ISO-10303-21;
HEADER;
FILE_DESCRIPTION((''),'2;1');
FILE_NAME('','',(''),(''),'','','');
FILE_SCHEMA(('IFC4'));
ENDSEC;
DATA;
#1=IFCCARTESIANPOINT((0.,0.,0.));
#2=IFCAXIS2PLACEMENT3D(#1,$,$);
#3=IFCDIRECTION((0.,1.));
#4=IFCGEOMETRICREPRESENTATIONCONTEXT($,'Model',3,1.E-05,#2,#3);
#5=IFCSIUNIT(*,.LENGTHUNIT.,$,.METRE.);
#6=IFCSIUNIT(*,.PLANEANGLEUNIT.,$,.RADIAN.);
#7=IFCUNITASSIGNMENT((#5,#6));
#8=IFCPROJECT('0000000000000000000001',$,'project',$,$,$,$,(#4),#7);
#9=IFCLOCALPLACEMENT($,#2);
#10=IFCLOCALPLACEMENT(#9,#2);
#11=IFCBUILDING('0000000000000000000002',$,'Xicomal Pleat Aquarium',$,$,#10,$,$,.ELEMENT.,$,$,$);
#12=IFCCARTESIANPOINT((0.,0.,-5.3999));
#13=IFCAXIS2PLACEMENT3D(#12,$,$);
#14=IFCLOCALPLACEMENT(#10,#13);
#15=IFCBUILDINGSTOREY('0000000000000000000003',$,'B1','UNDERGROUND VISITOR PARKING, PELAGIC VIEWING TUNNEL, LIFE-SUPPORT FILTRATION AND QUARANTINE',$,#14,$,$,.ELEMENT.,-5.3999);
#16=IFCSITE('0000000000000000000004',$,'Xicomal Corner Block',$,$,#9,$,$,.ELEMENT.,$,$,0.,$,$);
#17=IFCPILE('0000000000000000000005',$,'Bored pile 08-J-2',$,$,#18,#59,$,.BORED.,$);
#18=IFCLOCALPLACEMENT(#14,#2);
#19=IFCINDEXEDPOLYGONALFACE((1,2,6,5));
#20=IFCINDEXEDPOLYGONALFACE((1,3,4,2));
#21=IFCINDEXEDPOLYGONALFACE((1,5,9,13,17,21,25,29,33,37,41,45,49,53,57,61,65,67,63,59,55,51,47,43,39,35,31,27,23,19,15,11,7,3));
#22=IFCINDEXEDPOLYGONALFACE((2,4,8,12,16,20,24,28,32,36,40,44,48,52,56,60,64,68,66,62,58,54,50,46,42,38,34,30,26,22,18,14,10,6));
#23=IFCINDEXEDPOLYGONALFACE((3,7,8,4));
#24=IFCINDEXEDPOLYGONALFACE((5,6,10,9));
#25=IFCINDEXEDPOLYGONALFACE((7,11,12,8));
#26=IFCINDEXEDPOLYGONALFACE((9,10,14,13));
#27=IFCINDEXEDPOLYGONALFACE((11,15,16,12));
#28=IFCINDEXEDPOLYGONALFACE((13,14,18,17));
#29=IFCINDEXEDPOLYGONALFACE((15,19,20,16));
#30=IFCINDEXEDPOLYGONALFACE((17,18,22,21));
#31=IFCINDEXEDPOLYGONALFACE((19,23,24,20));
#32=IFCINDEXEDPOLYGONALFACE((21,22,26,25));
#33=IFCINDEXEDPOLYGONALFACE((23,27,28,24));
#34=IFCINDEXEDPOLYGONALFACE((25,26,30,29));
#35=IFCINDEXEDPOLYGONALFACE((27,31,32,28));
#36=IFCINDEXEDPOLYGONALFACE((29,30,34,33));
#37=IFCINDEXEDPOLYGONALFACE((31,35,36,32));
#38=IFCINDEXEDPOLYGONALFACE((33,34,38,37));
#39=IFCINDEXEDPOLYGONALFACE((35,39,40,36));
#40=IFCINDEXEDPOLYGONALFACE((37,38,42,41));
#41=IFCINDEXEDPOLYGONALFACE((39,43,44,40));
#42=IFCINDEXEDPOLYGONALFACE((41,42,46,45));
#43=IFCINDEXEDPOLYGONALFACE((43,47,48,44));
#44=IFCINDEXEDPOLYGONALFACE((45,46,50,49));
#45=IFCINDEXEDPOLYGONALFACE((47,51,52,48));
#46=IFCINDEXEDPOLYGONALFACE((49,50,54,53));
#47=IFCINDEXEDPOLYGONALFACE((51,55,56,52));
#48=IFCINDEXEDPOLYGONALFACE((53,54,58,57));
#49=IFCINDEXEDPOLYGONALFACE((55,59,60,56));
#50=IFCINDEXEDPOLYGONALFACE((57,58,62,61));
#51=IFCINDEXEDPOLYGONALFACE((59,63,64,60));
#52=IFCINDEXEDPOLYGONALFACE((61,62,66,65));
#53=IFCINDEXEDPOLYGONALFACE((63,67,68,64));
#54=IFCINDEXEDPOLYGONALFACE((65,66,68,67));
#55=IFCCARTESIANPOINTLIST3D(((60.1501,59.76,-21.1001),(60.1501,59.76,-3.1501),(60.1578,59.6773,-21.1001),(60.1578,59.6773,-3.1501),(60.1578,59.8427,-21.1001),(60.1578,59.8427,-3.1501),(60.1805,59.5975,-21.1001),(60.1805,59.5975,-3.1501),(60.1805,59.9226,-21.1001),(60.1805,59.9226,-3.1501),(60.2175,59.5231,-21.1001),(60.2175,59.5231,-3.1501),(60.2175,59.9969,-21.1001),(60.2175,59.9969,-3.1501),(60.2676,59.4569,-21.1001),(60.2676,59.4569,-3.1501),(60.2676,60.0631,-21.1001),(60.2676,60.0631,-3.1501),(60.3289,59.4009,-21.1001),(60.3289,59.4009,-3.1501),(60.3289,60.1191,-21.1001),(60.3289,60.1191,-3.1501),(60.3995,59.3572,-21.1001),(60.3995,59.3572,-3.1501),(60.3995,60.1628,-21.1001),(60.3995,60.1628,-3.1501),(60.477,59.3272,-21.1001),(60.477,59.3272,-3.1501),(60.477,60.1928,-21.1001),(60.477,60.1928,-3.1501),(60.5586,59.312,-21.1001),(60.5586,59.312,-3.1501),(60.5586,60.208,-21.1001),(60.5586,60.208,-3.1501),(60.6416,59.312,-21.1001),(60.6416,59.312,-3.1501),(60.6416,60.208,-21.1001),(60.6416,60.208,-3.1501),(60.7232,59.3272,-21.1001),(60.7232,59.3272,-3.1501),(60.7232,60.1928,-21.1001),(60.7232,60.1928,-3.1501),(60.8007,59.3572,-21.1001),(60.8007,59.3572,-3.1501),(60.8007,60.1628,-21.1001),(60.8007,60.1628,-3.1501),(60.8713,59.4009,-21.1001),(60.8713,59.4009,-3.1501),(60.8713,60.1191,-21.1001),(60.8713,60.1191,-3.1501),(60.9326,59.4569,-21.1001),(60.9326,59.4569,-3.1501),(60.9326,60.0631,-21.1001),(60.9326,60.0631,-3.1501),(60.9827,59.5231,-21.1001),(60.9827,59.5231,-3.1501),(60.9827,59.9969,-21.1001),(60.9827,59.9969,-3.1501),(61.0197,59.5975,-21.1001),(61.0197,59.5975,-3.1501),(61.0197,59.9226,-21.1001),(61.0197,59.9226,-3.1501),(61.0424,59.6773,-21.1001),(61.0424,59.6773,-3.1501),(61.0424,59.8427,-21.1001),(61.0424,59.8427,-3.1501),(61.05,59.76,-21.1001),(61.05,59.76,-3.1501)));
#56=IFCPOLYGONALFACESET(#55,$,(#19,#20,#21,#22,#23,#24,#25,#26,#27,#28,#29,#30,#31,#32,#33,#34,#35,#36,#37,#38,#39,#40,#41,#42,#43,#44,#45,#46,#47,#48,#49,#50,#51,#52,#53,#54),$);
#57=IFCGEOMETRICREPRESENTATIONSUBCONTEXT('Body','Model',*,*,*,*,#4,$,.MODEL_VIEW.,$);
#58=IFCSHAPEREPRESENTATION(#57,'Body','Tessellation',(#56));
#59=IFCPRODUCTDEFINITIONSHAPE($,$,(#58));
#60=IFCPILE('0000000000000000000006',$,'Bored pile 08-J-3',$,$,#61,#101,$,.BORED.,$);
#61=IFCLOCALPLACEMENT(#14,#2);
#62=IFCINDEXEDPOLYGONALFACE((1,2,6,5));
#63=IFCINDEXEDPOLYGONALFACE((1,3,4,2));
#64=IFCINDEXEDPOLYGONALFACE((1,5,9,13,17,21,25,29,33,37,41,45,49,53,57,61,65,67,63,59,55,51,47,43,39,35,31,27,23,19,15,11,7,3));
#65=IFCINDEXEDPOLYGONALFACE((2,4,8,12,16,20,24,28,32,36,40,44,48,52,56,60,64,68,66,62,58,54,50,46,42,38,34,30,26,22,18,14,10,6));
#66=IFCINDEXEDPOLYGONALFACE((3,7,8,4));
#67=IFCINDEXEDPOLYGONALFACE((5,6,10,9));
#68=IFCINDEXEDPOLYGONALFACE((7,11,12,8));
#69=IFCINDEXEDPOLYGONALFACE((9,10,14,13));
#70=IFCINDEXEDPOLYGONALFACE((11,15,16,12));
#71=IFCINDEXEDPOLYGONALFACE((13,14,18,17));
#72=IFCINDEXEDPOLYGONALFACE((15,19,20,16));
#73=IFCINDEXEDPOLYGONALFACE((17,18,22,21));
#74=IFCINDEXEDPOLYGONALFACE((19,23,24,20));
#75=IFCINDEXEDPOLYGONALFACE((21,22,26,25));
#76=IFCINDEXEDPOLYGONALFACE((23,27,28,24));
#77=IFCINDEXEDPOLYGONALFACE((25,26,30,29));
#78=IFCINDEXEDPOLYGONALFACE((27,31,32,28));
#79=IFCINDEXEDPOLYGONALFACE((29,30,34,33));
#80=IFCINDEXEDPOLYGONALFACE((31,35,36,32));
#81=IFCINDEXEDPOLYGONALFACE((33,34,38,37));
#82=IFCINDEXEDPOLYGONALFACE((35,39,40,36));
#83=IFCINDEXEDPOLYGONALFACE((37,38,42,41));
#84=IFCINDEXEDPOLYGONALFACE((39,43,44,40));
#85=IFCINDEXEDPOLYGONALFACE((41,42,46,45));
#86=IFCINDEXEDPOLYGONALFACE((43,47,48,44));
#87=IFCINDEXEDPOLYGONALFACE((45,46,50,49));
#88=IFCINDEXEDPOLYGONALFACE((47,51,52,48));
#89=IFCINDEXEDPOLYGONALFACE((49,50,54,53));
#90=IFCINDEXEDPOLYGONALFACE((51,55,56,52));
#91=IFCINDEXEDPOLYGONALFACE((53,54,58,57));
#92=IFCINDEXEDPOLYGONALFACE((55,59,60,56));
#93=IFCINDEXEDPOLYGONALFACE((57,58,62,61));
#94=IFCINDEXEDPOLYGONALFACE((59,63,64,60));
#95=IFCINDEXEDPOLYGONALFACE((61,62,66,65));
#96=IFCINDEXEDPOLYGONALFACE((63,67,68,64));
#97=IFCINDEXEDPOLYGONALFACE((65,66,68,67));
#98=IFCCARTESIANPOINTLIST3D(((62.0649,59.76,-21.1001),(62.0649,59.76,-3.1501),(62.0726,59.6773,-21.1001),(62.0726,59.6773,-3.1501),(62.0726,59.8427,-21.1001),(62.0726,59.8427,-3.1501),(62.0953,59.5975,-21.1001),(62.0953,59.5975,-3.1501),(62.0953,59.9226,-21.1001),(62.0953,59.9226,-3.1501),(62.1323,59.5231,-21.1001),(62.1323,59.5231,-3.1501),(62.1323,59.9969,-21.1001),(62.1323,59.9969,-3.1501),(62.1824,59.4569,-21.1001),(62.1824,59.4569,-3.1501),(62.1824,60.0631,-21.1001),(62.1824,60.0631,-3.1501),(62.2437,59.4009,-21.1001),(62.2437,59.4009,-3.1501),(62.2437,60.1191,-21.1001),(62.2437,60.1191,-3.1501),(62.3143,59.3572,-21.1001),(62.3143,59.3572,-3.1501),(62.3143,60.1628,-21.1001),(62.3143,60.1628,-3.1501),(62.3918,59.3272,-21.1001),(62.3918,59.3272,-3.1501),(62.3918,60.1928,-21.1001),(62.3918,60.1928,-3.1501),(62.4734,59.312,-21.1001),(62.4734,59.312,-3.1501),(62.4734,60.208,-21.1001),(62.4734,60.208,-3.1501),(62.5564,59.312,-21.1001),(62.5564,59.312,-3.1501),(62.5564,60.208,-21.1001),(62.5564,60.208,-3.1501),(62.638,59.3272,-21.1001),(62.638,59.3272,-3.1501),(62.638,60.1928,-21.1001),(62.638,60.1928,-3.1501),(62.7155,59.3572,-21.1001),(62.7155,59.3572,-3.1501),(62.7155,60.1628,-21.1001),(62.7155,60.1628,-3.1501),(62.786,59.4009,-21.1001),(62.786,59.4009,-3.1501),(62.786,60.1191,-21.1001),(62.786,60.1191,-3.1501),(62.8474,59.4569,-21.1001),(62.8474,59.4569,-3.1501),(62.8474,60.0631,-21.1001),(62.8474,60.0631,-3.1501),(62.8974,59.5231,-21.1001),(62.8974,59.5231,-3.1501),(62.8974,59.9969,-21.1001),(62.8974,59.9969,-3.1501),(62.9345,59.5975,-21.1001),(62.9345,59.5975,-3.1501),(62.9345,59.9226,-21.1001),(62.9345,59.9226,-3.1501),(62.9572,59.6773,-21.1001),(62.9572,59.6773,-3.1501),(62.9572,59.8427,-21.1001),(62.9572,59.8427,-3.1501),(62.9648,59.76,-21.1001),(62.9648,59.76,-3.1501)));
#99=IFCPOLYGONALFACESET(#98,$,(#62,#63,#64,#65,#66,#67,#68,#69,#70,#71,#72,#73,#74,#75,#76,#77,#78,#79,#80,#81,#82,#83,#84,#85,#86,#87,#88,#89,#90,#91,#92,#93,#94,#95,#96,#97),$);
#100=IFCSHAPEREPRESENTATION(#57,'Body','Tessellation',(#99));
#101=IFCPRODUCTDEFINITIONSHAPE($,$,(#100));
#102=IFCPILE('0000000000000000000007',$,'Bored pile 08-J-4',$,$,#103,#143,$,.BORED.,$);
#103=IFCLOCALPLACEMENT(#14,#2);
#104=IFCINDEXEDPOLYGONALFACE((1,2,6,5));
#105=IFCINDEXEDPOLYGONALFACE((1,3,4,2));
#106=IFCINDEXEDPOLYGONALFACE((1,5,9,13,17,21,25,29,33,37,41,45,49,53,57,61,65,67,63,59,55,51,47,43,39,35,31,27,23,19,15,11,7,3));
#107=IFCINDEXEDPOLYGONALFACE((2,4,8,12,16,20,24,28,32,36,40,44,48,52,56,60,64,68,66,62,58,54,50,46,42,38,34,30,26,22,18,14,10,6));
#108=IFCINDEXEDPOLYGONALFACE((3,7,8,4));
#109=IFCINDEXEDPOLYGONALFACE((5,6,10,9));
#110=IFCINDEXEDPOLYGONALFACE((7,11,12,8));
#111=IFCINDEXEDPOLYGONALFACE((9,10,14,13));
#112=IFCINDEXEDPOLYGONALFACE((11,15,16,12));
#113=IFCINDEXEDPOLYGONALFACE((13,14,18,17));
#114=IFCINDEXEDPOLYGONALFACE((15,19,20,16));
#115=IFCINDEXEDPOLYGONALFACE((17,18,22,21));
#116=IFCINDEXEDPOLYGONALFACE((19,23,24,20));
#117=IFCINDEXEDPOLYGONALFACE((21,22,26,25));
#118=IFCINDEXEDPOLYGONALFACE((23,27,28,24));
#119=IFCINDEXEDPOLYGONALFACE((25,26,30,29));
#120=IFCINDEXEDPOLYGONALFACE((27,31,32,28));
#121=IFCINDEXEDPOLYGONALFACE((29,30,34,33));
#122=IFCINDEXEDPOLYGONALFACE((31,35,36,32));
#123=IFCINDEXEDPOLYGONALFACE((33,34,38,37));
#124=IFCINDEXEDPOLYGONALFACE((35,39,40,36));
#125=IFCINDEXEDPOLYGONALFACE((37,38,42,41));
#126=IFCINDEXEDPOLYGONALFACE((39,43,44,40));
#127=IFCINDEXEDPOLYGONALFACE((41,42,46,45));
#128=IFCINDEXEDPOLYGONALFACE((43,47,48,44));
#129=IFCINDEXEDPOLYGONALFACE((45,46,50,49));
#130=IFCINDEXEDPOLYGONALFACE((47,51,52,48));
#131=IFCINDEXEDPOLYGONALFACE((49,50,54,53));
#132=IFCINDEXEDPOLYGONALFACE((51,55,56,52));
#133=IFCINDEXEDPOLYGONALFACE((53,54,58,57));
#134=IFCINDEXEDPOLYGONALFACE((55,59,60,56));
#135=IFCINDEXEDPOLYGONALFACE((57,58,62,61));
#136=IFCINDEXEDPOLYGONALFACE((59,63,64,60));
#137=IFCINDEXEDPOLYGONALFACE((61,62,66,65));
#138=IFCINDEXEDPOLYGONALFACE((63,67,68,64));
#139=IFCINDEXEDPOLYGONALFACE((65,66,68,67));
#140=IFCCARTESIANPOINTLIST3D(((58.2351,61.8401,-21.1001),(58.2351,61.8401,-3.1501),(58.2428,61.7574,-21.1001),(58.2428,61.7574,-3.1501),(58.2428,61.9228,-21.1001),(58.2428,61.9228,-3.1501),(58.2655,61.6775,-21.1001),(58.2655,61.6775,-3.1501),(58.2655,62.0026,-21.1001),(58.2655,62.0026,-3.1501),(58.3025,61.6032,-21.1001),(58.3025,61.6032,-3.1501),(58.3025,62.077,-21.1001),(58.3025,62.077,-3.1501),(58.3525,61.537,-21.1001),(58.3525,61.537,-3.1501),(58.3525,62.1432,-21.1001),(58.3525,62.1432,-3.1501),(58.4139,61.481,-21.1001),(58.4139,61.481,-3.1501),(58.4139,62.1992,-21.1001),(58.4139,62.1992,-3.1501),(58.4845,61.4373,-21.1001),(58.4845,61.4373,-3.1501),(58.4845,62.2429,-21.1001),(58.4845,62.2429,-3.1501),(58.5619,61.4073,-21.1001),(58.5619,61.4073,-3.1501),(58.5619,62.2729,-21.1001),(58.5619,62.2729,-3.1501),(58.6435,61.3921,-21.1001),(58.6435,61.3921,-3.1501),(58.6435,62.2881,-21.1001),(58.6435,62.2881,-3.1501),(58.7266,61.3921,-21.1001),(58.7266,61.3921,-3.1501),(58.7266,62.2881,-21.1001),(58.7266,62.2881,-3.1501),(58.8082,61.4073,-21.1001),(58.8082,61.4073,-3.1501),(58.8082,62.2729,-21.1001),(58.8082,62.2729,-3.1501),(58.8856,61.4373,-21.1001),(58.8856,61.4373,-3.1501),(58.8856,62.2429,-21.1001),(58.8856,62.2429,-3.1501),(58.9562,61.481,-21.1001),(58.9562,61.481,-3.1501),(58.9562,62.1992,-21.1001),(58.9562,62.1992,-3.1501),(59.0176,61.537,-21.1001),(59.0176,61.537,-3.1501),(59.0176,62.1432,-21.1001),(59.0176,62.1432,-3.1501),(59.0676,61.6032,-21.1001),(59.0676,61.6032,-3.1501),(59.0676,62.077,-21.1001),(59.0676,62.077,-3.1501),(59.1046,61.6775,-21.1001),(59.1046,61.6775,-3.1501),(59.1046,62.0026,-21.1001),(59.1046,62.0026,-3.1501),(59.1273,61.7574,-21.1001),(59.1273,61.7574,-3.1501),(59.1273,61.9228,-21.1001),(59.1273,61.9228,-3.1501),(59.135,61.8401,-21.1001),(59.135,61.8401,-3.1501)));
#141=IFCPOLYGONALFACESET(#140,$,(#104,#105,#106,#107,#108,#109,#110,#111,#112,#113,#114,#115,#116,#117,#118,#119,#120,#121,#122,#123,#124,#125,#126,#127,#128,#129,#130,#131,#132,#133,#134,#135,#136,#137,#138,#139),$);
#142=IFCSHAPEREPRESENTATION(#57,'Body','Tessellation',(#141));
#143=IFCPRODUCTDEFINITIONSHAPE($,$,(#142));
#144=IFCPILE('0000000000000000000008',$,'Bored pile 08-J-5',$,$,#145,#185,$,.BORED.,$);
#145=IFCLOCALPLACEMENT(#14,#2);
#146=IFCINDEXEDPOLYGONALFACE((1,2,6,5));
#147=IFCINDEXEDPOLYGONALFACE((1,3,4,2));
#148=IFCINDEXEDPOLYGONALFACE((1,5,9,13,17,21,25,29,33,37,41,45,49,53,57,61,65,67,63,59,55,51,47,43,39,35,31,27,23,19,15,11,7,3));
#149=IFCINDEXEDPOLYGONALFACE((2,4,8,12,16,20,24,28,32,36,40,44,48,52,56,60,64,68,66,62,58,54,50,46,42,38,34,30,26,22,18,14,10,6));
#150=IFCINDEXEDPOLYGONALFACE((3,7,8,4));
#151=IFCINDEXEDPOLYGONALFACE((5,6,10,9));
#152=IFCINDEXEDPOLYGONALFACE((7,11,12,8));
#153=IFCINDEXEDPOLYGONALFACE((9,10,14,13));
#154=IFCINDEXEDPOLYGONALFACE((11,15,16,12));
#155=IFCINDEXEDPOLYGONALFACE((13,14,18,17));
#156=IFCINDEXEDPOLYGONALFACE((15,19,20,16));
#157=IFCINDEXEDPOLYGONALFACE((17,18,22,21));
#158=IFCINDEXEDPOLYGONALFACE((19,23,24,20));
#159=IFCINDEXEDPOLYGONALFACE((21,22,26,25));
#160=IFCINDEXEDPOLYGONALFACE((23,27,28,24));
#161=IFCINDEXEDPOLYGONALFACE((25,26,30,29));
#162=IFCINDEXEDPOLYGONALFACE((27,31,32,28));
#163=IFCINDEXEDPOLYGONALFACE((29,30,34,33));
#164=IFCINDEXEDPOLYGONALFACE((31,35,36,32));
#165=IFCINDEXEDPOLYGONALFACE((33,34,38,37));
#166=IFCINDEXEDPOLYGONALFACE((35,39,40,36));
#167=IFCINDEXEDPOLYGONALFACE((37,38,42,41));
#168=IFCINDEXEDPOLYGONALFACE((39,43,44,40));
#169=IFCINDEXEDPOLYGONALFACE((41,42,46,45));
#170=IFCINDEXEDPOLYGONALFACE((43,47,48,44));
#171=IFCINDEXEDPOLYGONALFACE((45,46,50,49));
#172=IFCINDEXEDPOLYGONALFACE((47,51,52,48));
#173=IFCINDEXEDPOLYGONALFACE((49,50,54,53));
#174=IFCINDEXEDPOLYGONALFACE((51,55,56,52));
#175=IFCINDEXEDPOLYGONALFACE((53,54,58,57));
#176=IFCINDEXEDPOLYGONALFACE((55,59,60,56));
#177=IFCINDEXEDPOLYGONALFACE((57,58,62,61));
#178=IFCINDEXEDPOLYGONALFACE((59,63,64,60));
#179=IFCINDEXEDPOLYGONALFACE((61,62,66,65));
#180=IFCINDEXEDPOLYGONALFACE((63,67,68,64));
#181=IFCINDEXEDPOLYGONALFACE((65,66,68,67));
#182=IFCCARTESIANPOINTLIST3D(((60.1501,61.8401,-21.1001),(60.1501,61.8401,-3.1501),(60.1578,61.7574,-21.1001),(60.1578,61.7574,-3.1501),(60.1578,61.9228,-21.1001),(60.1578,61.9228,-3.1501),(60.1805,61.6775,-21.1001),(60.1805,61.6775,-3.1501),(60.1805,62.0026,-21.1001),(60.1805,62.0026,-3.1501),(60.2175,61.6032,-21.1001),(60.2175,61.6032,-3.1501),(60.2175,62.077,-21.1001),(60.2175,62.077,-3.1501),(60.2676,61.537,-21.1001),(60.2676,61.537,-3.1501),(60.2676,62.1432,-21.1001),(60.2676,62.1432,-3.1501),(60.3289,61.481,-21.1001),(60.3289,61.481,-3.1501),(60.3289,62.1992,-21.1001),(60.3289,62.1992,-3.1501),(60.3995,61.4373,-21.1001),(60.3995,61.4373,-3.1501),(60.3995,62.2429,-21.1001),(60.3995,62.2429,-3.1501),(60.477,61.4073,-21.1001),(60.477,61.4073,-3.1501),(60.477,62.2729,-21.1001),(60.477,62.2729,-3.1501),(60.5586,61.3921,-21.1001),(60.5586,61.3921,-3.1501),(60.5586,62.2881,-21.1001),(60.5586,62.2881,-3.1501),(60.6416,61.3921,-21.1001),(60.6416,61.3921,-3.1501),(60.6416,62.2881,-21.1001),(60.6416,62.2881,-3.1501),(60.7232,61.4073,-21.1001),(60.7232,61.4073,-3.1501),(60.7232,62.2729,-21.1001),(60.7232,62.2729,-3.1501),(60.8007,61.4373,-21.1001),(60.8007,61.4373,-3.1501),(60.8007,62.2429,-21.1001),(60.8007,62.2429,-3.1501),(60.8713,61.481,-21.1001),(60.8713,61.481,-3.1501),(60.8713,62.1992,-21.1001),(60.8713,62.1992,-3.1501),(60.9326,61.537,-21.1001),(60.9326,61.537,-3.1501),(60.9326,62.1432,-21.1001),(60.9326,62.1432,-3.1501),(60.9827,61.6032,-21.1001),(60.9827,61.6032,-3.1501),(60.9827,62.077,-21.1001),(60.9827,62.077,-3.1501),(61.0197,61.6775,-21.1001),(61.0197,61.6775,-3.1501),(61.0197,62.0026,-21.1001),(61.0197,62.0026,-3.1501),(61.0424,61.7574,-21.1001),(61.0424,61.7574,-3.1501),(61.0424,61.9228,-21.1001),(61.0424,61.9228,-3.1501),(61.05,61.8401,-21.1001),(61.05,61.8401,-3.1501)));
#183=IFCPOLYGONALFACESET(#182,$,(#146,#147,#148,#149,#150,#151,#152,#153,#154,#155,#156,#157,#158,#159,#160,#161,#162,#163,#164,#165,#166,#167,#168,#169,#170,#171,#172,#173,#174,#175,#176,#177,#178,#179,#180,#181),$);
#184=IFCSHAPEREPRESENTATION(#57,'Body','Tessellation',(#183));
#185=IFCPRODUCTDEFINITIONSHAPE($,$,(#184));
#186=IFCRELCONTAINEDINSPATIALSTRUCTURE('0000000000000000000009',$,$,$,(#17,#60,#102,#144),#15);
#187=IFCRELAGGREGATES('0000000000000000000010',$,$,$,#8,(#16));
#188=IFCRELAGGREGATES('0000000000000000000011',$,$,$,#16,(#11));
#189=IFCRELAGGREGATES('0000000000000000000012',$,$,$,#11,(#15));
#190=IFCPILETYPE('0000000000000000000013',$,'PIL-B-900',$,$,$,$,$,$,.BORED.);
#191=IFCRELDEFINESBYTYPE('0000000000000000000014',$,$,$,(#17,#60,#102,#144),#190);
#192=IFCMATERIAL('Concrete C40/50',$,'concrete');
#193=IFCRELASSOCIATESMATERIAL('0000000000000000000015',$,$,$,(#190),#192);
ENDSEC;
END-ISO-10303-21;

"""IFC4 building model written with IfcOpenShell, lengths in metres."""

from ifc_helpers import new_model, si_unit, direction, frame, origin, origin_2d, place, context, subcontext, project, spatial, circle, extrude, material, material_profile, profile_set, type_object, element, save


model = new_model("IFC4")

# Units and contexts
model_context = context("Model", 3, precision=1e-05, world=origin(), true_north=direction((0.0, 1.0)))
body_context = subcontext(model_context, "Body", "Model", "MODEL_VIEW")
ifc_project = project(units=[si_unit("LENGTHUNIT", "METRE"), si_unit("PLANEANGLEUNIT", "RADIAN")], contexts=[model_context])

# Site, building, storey
site_placement = place(None, origin())
site = spatial("IfcSite", under=ifc_project, at=site_placement, Name="Xicomal Corner Block", CompositionType="ELEMENT", RefElevation=0.0)
building_placement = place(site_placement, origin())
building = spatial("IfcBuilding", under=site, at=building_placement, Name="Xicomal Pleat Aquarium", CompositionType="ELEMENT")
storey_placement = place(building_placement, frame((0.0, 0.0, -5.3999)))
storey = spatial("IfcBuildingStorey", under=building, at=storey_placement, Name="B1", Description="UNDERGROUND VISITOR PARKING, PELAGIC VIEWING TUNNEL, LIFE-SUPPORT FILTRATION AND QUARANTINE", CompositionType="ELEMENT", Elevation=-5.3999)

# Piles
ifc_material_1 = material(Name="Concrete C40/50", Category="concrete")
ifc_material_profile_1 = material_profile(ifc_material_1, circle(Radius=0.45, at=origin_2d()), Name="BORED PILE D900")
ifc_profile_set_1 = profile_set([ifc_material_profile_1], Name="Concrete C40/50")
pile_type_1 = type_object("IfcPileType", Name="PIL-B-900", PredefinedType="BORED", material=ifc_profile_set_1)
for number, where, z_axis, x_axis, name in (
    (1, (60.6001, 59.76, -3.1501), (0.0, 0.0, -1.0), (1.0, 0.0, 0.0), "Bored pile 08-J-2"),
    (2, (62.5149, 59.76, -3.1501), (0.0, 0.0, -1.0), (1.0, 0.0, 0.0), "Bored pile 08-J-3"),
    (3, (58.6851, 61.8401, -3.1501), (0.0, 0.0, -1.0), (1.0, 0.0, 0.0), "Bored pile 08-J-4"),
    (4, (60.6001, 61.8401, -3.1501), (0.0, 0.0, -1.0), (1.0, 0.0, 0.0), "Bored pile 08-J-5"),
):
    element("IfcPile", number, at=place(storey_placement, frame(where, z_axis=z_axis, x_axis=x_axis)), inside=storey, type_object=pile_type_1, Name=name, PredefinedType="BORED", context=body_context, shape_type="SweptSolid", body=[
        extrude(circle(Radius=0.45, at=origin_2d()), origin(), (0.0, 0.0, 1.0), 17.95),
    ])

save(model, "model.ifc")
